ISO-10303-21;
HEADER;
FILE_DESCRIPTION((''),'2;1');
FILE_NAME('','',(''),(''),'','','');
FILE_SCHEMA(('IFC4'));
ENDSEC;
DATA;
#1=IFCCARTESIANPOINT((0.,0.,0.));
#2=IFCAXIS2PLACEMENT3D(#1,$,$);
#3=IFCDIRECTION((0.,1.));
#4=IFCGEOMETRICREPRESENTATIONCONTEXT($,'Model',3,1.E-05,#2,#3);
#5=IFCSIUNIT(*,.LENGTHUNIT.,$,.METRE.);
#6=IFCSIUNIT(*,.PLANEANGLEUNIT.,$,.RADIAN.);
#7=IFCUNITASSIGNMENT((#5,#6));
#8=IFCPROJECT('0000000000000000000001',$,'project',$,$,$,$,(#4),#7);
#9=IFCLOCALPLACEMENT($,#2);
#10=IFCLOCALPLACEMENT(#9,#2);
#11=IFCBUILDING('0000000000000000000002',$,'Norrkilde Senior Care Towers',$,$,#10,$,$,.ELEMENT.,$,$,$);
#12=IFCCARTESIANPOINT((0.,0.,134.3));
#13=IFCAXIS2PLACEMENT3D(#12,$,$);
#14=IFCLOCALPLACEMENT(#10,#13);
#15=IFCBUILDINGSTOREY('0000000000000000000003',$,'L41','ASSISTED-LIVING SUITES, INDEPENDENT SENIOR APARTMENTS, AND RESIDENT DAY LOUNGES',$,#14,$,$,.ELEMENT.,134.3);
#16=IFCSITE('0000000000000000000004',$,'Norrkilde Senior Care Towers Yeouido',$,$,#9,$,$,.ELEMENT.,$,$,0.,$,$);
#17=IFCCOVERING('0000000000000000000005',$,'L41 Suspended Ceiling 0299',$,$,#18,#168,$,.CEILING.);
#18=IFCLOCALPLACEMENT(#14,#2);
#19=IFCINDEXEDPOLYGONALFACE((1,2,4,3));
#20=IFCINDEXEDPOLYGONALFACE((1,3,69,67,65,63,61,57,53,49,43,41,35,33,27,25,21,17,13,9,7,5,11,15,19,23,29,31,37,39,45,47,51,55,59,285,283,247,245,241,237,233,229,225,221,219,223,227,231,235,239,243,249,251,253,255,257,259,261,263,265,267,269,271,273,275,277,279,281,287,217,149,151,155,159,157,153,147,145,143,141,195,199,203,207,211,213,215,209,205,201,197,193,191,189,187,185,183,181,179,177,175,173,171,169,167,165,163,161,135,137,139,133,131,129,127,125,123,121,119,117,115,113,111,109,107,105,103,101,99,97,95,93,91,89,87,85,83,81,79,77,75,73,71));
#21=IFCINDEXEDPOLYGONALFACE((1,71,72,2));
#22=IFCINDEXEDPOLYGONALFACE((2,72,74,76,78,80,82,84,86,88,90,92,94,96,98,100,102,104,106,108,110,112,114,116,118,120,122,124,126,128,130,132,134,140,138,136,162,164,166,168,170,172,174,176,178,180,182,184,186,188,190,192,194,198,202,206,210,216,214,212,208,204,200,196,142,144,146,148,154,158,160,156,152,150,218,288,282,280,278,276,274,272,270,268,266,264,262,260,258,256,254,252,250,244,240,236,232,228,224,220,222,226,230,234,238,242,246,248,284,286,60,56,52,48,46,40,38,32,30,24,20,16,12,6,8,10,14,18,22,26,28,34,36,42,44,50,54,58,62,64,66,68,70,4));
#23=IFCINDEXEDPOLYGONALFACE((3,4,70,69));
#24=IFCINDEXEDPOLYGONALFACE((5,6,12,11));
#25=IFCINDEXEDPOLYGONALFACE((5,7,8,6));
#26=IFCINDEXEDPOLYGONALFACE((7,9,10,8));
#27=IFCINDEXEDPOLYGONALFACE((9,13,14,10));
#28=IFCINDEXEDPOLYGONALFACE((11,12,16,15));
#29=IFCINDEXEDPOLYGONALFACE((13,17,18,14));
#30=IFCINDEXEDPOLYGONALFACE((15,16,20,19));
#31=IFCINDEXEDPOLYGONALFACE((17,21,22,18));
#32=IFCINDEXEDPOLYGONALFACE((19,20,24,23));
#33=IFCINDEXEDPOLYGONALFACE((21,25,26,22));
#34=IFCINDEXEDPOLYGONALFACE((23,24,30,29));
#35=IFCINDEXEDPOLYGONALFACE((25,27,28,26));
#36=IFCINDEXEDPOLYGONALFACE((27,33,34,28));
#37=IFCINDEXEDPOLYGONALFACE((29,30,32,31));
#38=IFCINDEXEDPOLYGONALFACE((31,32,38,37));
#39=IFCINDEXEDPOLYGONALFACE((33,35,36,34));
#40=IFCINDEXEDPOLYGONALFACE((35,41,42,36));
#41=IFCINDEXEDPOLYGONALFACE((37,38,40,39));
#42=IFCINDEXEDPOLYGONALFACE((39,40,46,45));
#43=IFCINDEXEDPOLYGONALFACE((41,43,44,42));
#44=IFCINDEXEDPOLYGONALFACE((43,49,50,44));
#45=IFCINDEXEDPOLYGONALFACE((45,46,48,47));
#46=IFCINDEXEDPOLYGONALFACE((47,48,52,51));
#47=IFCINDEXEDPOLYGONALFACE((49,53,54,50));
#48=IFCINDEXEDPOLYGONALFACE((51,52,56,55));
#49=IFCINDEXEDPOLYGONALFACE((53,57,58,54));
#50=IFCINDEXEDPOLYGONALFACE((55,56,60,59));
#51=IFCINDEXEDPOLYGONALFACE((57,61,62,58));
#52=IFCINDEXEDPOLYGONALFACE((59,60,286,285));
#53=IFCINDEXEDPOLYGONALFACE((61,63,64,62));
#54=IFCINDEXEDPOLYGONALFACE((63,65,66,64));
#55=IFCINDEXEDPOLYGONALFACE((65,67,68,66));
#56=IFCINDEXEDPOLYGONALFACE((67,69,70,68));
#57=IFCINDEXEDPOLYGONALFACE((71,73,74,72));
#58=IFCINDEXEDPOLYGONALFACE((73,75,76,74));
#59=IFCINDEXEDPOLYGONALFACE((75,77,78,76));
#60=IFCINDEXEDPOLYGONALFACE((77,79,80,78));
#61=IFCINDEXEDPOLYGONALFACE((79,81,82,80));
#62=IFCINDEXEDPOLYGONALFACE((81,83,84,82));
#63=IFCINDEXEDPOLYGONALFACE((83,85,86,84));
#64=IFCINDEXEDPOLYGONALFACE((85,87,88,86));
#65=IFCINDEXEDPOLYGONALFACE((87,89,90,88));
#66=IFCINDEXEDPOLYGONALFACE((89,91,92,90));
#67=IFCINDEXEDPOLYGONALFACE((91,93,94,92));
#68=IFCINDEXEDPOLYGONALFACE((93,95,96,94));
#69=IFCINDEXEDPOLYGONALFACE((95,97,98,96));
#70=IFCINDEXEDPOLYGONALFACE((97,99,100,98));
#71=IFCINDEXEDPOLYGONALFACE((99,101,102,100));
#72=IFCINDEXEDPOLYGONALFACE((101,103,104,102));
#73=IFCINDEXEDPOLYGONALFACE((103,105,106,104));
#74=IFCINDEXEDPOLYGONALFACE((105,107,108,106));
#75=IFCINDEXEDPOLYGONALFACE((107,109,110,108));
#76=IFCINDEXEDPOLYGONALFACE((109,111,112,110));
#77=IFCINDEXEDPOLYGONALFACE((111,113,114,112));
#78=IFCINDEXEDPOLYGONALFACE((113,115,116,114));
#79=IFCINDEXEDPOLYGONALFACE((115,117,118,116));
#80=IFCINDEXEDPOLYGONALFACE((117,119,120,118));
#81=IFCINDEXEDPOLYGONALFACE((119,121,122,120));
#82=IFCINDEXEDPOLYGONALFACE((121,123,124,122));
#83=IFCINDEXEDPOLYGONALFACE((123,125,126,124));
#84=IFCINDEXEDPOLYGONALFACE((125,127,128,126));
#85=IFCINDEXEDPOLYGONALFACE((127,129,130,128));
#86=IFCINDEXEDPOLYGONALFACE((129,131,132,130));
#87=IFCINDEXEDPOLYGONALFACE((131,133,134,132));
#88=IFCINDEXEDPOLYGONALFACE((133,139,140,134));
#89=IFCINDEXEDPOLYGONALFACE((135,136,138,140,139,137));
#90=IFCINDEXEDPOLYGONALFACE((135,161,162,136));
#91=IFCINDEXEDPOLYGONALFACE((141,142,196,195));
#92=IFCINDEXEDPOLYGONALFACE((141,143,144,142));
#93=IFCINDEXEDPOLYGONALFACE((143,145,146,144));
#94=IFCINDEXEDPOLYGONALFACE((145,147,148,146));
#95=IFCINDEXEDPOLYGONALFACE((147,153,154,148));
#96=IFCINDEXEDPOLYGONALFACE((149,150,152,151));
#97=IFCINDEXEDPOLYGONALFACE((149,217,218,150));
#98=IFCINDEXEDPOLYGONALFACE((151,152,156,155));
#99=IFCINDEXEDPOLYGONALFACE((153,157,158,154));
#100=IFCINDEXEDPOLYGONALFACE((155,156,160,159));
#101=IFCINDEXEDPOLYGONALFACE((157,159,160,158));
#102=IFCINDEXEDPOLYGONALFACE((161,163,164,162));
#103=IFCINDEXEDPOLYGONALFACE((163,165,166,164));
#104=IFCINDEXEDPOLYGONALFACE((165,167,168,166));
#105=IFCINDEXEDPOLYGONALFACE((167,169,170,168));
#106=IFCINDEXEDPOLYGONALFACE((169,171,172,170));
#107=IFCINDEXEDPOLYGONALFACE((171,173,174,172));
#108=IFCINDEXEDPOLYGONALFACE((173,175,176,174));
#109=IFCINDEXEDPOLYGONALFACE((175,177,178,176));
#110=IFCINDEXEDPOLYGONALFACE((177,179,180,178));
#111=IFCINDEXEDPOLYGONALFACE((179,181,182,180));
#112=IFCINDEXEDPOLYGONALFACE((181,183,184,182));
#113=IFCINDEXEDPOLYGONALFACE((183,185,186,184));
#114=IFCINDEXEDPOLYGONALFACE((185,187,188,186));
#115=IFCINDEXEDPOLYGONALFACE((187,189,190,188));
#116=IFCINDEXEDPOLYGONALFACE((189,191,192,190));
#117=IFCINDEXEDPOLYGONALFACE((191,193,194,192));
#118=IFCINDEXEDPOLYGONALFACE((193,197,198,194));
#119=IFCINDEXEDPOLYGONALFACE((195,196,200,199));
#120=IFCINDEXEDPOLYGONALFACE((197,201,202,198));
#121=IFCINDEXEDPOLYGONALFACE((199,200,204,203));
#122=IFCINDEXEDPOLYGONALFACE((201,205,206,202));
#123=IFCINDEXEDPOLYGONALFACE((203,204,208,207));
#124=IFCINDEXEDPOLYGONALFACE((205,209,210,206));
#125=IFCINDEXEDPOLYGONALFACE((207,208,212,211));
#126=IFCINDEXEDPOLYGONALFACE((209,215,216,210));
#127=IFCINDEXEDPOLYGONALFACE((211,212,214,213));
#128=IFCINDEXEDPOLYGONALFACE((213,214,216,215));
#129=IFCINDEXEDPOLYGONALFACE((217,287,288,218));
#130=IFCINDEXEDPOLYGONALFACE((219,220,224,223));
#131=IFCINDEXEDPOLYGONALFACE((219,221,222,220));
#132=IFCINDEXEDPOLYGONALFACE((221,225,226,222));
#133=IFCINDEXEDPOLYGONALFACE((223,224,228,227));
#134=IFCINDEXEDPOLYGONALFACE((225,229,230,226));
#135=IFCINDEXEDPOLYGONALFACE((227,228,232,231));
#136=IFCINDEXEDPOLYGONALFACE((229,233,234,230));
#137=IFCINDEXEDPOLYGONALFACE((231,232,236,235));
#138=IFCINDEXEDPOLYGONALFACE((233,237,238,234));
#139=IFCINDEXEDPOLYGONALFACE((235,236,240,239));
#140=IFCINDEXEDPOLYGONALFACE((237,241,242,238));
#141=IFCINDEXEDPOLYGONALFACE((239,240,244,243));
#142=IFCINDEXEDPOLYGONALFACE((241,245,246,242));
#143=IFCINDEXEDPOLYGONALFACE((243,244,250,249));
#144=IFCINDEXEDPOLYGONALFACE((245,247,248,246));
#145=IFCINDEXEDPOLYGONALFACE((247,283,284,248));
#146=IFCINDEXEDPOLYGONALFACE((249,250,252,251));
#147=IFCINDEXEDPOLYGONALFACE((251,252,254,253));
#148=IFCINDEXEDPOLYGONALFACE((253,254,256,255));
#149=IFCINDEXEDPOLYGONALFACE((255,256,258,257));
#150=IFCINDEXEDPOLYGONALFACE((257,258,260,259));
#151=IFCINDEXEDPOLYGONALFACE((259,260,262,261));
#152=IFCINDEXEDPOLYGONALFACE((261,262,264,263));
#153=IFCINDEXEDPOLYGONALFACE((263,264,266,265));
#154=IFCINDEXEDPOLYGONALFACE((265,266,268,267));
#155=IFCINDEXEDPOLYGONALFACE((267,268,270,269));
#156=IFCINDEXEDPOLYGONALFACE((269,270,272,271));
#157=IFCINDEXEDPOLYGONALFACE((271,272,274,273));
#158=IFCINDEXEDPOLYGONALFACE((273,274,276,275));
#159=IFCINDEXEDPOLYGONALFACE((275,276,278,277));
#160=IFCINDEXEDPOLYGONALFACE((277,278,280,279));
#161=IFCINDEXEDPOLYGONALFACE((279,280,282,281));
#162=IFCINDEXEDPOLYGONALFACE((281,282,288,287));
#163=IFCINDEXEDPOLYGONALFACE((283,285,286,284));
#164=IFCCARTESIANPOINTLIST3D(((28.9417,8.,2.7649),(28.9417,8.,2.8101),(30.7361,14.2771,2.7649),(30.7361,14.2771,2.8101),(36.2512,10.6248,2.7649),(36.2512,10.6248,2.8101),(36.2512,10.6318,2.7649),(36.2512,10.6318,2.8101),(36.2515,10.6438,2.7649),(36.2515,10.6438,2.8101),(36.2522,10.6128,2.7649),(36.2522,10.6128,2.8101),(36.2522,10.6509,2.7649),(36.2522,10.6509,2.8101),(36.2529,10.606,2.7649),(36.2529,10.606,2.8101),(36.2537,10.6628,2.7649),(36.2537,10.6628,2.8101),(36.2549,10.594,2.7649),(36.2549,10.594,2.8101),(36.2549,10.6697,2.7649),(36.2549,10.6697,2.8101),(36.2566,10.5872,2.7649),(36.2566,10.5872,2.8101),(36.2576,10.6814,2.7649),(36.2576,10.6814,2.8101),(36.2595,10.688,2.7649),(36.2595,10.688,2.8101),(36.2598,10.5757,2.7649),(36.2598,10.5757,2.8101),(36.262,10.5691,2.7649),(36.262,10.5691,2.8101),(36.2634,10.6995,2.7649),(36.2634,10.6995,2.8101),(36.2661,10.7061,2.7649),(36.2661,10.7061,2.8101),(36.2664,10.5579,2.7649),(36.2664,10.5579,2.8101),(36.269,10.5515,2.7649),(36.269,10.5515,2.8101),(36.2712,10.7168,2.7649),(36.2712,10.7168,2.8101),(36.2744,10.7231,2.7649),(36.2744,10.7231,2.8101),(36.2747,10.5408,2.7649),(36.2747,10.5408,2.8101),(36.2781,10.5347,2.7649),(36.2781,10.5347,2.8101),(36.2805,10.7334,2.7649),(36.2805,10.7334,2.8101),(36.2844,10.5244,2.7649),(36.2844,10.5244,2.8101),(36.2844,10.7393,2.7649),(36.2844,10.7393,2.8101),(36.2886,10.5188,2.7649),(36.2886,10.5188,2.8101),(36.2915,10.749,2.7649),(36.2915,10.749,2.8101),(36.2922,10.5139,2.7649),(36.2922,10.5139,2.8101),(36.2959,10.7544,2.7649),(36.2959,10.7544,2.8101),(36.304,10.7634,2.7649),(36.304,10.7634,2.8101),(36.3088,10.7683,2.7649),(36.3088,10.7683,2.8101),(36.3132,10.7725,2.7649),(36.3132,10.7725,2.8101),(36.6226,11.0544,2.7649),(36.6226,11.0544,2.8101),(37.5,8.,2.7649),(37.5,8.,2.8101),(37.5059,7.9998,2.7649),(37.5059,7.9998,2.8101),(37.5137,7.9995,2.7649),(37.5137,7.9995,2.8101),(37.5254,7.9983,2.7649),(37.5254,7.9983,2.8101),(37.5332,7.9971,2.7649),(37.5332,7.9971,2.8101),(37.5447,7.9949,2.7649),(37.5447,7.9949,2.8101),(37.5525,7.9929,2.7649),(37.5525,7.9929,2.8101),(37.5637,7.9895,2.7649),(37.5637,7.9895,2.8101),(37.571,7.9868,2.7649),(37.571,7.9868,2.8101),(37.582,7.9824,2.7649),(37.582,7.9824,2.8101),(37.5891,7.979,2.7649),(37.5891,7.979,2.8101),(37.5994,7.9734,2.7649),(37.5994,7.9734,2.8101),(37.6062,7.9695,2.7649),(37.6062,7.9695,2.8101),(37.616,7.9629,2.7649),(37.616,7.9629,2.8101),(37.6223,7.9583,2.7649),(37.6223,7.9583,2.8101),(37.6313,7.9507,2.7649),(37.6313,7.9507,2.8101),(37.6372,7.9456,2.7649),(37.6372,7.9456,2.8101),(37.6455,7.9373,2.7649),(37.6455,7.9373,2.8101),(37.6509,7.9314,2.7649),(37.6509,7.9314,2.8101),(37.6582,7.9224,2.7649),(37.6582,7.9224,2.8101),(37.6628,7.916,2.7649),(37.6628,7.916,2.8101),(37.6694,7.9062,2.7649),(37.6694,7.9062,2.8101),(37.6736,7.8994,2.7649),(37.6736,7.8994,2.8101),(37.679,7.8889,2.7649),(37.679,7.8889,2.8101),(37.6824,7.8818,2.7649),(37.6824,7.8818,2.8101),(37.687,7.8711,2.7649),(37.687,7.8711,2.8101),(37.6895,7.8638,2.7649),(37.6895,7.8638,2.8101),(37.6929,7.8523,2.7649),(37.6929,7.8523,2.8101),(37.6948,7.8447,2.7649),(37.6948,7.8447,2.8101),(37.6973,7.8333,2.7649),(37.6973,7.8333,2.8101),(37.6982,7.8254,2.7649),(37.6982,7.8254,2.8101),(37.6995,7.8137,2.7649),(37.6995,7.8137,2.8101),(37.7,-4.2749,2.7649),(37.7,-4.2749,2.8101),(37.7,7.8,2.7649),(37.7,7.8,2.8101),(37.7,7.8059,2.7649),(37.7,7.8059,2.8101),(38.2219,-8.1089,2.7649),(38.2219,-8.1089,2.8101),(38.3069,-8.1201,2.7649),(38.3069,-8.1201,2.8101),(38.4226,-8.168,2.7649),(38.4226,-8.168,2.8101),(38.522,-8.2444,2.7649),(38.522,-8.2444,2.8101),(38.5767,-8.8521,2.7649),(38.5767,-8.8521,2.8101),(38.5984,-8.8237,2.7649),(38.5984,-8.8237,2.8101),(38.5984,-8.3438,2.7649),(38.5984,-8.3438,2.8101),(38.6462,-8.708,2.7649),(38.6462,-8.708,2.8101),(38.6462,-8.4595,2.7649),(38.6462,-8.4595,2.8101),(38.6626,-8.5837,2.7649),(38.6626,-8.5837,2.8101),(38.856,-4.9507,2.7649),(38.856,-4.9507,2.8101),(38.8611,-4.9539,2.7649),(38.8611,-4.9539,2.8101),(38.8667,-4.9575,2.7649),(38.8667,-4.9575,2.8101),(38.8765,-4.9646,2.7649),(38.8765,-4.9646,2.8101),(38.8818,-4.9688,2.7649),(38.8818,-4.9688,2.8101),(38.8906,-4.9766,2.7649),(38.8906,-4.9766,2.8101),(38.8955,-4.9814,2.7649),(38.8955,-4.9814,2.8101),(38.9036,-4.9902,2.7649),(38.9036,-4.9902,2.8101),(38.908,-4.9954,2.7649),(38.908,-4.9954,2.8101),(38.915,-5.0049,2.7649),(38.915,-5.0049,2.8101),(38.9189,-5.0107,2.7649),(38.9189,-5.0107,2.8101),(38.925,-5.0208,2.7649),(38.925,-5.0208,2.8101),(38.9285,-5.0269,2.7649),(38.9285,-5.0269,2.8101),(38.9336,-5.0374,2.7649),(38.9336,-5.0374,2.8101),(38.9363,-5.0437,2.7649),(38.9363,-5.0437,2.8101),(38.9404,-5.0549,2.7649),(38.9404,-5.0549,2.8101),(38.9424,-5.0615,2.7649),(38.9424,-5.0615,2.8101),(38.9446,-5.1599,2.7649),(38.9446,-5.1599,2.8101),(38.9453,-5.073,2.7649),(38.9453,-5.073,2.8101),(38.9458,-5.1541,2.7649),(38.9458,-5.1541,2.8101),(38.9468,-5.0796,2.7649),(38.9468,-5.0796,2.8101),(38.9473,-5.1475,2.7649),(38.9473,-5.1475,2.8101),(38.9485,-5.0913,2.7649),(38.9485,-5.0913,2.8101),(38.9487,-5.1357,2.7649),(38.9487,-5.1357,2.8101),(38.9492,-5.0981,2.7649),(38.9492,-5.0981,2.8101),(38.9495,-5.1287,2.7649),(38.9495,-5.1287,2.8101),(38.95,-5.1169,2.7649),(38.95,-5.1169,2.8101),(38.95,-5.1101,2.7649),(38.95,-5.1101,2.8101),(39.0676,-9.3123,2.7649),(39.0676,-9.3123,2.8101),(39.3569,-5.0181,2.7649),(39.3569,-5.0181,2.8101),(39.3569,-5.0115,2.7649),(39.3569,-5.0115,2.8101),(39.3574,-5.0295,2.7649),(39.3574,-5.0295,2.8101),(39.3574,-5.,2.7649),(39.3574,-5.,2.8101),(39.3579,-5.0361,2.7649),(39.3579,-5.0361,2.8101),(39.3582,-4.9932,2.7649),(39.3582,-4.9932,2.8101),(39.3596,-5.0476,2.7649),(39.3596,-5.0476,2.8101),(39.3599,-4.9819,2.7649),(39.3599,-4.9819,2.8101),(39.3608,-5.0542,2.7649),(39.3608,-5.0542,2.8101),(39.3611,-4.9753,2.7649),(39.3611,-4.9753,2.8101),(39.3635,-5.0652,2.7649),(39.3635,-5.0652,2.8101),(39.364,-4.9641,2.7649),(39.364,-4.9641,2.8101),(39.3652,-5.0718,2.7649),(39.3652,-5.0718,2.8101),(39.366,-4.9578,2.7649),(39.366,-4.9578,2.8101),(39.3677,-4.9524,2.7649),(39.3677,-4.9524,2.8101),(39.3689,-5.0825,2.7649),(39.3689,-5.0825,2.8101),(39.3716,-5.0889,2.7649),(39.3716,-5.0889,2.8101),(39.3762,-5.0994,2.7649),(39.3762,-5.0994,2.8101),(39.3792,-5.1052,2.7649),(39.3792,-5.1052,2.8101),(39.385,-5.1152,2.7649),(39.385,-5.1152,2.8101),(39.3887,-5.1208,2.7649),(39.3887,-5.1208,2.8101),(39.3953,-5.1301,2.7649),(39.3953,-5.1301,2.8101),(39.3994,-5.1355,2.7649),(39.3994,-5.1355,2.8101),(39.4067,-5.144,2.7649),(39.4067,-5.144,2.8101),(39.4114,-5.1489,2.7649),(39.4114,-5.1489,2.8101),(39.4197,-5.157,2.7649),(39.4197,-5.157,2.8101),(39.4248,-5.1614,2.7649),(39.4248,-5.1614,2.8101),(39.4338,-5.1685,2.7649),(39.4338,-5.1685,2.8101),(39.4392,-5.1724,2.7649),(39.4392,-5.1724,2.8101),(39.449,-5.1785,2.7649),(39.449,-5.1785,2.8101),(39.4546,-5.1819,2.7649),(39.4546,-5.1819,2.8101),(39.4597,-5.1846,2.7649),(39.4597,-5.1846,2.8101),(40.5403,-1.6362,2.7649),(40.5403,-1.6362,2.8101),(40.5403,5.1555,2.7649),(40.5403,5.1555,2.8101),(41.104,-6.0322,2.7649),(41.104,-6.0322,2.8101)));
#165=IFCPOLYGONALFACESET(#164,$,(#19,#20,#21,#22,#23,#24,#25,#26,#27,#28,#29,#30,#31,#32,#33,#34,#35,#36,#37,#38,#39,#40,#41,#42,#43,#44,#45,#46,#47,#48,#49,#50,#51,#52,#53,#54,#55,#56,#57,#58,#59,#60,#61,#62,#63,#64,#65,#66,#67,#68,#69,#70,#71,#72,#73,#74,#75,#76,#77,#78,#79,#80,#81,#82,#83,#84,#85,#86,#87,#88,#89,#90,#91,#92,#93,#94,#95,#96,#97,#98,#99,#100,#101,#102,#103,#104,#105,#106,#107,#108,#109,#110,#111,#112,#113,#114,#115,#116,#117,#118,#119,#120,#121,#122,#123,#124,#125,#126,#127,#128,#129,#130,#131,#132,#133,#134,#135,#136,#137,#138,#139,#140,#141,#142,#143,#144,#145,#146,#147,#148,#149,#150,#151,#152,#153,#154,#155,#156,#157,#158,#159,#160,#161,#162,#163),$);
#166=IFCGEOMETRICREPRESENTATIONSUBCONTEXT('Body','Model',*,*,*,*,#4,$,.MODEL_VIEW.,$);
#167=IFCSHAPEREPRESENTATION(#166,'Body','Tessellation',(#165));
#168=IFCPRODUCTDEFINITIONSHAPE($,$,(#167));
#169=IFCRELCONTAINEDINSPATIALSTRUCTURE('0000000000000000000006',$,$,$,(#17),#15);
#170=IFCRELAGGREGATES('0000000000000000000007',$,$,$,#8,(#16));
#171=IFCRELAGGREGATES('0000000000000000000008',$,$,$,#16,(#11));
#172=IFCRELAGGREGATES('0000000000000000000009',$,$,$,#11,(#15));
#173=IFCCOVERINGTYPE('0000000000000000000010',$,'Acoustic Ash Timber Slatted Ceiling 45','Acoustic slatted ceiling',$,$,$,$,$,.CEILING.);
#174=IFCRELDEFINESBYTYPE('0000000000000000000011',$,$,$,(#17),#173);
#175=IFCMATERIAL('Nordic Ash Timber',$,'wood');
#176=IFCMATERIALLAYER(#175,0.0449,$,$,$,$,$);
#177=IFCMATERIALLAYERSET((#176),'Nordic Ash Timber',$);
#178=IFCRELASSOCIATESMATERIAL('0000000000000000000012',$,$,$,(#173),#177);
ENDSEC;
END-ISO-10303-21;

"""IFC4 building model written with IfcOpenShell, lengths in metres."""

from ifc_helpers import new_model, si_unit, direction, frame, origin, place, context, subcontext, project, spatial, polyline, outline, extrude, material, layer, layer_set, type_object, element, save


model = new_model("IFC4")

# Units and contexts
model_context = context("Model", 3, precision=1e-05, world=origin(), true_north=direction((0.0, 1.0)))
body_context = subcontext(model_context, "Body", "Model", "MODEL_VIEW")
ifc_project = project(units=[si_unit("LENGTHUNIT", "METRE"), si_unit("PLANEANGLEUNIT", "RADIAN")], contexts=[model_context])

# Site, building, storey
site_placement = place(None, origin())
site = spatial("IfcSite", under=ifc_project, at=site_placement, Name="Norrkilde Senior Care Towers Yeouido", CompositionType="ELEMENT", RefElevation=0.0)
building_placement = place(site_placement, origin())
building = spatial("IfcBuilding", under=site, at=building_placement, Name="Norrkilde Senior Care Towers", CompositionType="ELEMENT")
storey_placement = place(building_placement, frame((0.0, 0.0, 134.3)))
storey = spatial("IfcBuildingStorey", under=building, at=storey_placement, Name="L41", Description="ASSISTED-LIVING SUITES, INDEPENDENT SENIOR APARTMENTS, AND RESIDENT DAY LOUNGES", CompositionType="ELEMENT", Elevation=134.3)

# Covering
ifc_material_1 = material(Name="Nordic Ash Timber", Category="wood")
ifc_layer_1 = layer(ifc_material_1, 0.0449)
ifc_layer_set_1 = layer_set([ifc_layer_1], Name="Nordic Ash Timber")
covering_type_1 = type_object("IfcCoveringType", Name="Acoustic Ash Timber Slatted Ceiling 45", Description="Acoustic slatted ceiling", PredefinedType="CEILING", material=ifc_layer_set_1)
covering_1_placement = place(storey_placement, frame((0.0, 0.0, 2.7649)))
element("IfcCovering", 1, at=covering_1_placement, inside=storey, type_object=covering_type_1, Name="L41 Suspended Ceiling 0299", PredefinedType="CEILING", context=body_context, shape_type="SweptSolid", body=[
    extrude(outline(polyline([(37.6948, 7.8447), (37.6929, 7.8523), (37.6895, 7.8638), (37.687, 7.8711), (37.6824, 7.8818), (37.679, 7.8889), (37.6736, 7.8994), (37.6694, 7.9062), (37.6628, 7.916), (37.6582, 7.9224), (37.6509, 7.9314), (37.6455, 7.9373), (37.6372, 7.9456), (37.6313, 7.9507), (37.6223, 7.9583), (37.616, 7.9629), (37.6062, 7.9695), (37.5994, 7.9734), (37.5891, 7.979), (37.582, 7.9824), (37.571, 7.9868), (37.5637, 7.9895), (37.5525, 7.9929), (37.5447, 7.9949), (37.5332, 7.9971), (37.5254, 7.9983), (37.5137, 7.9995), (37.5059, 7.9998), (37.5, 8.0), (28.9417, 8.0), (30.7361, 14.2771), (36.6226, 11.0544), (36.3132, 10.7725), (36.3088, 10.7683), (36.304, 10.7634), (36.2959, 10.7544), (36.2915, 10.749), (36.2844, 10.7393), (36.2805, 10.7334), (36.2744, 10.7231), (36.2712, 10.7168), (36.2661, 10.7061), (36.2634, 10.6995), (36.2595, 10.688), (36.2576, 10.6814), (36.2549, 10.6697), (36.2537, 10.6628), (36.2522, 10.6509), (36.2515, 10.6438), (36.2512, 10.6318), (36.2512, 10.6248), (36.2522, 10.6128), (36.2529, 10.606), (36.2549, 10.594), (36.2566, 10.5872), (36.2598, 10.5757), (36.262, 10.5691), (36.2664, 10.5579), (36.269, 10.5515), (36.2747, 10.5408), (36.2781, 10.5347), (36.2844, 10.5244), (36.2886, 10.5188), (36.2922, 10.5139), (40.5403, 5.1555), (40.5403, -1.6362), (39.3677, -4.9524), (39.366, -4.9578), (39.364, -4.9641), (39.3611, -4.9753), (39.3599, -4.9819), (39.3582, -4.9932), (39.3574, -5.0), (39.3569, -5.0115), (39.3569, -5.0181), (39.3574, -5.0295), (39.3579, -5.0361), (39.3596, -5.0476), (39.3608, -5.0542), (39.3635, -5.0652), (39.3652, -5.0718), (39.3689, -5.0825), (39.3716, -5.0889), (39.3762, -5.0994), (39.3792, -5.1052), (39.385, -5.1152), (39.3887, -5.1208), (39.3953, -5.1301), (39.3994, -5.1355), (39.4067, -5.144), (39.4114, -5.1489), (39.4197, -5.157), (39.4248, -5.1614), (39.4338, -5.1685), (39.4392, -5.1724), (39.449, -5.1785), (39.4546, -5.1819), (39.4597, -5.1846), (41.104, -6.0322), (39.0676, -9.3123), (38.5767, -8.8521), (38.5984, -8.8237), (38.6462, -8.708), (38.6626, -8.5837), (38.6462, -8.4595), (38.5984, -8.3438), (38.522, -8.2444), (38.4226, -8.168), (38.3069, -8.1201), (38.2219, -8.1089), (38.9446, -5.1599), (38.9458, -5.1541), (38.9473, -5.1475), (38.9487, -5.1357), (38.9495, -5.1287), (38.95, -5.1169), (38.95, -5.1101), (38.9492, -5.0981), (38.9485, -5.0913), (38.9468, -5.0796), (38.9453, -5.073), (38.9424, -5.0615), (38.9404, -5.0549), (38.9363, -5.0437), (38.9336, -5.0374), (38.9285, -5.0269), (38.925, -5.0208), (38.9189, -5.0107), (38.915, -5.0049), (38.908, -4.9954), (38.9036, -4.9902), (38.8955, -4.9814), (38.8906, -4.9766), (38.8818, -4.9688), (38.8765, -4.9646), (38.8667, -4.9575), (38.8611, -4.9539), (38.856, -4.9507), (37.7, -4.2749), (37.7, 7.8), (37.7, 7.8059), (37.6995, 7.8137), (37.6982, 7.8254), (37.6973, 7.8333), (37.6948, 7.8447)])), origin(), (0.0, 0.0, 1.0), 0.0452),
])

save(model, "model.ifc")
